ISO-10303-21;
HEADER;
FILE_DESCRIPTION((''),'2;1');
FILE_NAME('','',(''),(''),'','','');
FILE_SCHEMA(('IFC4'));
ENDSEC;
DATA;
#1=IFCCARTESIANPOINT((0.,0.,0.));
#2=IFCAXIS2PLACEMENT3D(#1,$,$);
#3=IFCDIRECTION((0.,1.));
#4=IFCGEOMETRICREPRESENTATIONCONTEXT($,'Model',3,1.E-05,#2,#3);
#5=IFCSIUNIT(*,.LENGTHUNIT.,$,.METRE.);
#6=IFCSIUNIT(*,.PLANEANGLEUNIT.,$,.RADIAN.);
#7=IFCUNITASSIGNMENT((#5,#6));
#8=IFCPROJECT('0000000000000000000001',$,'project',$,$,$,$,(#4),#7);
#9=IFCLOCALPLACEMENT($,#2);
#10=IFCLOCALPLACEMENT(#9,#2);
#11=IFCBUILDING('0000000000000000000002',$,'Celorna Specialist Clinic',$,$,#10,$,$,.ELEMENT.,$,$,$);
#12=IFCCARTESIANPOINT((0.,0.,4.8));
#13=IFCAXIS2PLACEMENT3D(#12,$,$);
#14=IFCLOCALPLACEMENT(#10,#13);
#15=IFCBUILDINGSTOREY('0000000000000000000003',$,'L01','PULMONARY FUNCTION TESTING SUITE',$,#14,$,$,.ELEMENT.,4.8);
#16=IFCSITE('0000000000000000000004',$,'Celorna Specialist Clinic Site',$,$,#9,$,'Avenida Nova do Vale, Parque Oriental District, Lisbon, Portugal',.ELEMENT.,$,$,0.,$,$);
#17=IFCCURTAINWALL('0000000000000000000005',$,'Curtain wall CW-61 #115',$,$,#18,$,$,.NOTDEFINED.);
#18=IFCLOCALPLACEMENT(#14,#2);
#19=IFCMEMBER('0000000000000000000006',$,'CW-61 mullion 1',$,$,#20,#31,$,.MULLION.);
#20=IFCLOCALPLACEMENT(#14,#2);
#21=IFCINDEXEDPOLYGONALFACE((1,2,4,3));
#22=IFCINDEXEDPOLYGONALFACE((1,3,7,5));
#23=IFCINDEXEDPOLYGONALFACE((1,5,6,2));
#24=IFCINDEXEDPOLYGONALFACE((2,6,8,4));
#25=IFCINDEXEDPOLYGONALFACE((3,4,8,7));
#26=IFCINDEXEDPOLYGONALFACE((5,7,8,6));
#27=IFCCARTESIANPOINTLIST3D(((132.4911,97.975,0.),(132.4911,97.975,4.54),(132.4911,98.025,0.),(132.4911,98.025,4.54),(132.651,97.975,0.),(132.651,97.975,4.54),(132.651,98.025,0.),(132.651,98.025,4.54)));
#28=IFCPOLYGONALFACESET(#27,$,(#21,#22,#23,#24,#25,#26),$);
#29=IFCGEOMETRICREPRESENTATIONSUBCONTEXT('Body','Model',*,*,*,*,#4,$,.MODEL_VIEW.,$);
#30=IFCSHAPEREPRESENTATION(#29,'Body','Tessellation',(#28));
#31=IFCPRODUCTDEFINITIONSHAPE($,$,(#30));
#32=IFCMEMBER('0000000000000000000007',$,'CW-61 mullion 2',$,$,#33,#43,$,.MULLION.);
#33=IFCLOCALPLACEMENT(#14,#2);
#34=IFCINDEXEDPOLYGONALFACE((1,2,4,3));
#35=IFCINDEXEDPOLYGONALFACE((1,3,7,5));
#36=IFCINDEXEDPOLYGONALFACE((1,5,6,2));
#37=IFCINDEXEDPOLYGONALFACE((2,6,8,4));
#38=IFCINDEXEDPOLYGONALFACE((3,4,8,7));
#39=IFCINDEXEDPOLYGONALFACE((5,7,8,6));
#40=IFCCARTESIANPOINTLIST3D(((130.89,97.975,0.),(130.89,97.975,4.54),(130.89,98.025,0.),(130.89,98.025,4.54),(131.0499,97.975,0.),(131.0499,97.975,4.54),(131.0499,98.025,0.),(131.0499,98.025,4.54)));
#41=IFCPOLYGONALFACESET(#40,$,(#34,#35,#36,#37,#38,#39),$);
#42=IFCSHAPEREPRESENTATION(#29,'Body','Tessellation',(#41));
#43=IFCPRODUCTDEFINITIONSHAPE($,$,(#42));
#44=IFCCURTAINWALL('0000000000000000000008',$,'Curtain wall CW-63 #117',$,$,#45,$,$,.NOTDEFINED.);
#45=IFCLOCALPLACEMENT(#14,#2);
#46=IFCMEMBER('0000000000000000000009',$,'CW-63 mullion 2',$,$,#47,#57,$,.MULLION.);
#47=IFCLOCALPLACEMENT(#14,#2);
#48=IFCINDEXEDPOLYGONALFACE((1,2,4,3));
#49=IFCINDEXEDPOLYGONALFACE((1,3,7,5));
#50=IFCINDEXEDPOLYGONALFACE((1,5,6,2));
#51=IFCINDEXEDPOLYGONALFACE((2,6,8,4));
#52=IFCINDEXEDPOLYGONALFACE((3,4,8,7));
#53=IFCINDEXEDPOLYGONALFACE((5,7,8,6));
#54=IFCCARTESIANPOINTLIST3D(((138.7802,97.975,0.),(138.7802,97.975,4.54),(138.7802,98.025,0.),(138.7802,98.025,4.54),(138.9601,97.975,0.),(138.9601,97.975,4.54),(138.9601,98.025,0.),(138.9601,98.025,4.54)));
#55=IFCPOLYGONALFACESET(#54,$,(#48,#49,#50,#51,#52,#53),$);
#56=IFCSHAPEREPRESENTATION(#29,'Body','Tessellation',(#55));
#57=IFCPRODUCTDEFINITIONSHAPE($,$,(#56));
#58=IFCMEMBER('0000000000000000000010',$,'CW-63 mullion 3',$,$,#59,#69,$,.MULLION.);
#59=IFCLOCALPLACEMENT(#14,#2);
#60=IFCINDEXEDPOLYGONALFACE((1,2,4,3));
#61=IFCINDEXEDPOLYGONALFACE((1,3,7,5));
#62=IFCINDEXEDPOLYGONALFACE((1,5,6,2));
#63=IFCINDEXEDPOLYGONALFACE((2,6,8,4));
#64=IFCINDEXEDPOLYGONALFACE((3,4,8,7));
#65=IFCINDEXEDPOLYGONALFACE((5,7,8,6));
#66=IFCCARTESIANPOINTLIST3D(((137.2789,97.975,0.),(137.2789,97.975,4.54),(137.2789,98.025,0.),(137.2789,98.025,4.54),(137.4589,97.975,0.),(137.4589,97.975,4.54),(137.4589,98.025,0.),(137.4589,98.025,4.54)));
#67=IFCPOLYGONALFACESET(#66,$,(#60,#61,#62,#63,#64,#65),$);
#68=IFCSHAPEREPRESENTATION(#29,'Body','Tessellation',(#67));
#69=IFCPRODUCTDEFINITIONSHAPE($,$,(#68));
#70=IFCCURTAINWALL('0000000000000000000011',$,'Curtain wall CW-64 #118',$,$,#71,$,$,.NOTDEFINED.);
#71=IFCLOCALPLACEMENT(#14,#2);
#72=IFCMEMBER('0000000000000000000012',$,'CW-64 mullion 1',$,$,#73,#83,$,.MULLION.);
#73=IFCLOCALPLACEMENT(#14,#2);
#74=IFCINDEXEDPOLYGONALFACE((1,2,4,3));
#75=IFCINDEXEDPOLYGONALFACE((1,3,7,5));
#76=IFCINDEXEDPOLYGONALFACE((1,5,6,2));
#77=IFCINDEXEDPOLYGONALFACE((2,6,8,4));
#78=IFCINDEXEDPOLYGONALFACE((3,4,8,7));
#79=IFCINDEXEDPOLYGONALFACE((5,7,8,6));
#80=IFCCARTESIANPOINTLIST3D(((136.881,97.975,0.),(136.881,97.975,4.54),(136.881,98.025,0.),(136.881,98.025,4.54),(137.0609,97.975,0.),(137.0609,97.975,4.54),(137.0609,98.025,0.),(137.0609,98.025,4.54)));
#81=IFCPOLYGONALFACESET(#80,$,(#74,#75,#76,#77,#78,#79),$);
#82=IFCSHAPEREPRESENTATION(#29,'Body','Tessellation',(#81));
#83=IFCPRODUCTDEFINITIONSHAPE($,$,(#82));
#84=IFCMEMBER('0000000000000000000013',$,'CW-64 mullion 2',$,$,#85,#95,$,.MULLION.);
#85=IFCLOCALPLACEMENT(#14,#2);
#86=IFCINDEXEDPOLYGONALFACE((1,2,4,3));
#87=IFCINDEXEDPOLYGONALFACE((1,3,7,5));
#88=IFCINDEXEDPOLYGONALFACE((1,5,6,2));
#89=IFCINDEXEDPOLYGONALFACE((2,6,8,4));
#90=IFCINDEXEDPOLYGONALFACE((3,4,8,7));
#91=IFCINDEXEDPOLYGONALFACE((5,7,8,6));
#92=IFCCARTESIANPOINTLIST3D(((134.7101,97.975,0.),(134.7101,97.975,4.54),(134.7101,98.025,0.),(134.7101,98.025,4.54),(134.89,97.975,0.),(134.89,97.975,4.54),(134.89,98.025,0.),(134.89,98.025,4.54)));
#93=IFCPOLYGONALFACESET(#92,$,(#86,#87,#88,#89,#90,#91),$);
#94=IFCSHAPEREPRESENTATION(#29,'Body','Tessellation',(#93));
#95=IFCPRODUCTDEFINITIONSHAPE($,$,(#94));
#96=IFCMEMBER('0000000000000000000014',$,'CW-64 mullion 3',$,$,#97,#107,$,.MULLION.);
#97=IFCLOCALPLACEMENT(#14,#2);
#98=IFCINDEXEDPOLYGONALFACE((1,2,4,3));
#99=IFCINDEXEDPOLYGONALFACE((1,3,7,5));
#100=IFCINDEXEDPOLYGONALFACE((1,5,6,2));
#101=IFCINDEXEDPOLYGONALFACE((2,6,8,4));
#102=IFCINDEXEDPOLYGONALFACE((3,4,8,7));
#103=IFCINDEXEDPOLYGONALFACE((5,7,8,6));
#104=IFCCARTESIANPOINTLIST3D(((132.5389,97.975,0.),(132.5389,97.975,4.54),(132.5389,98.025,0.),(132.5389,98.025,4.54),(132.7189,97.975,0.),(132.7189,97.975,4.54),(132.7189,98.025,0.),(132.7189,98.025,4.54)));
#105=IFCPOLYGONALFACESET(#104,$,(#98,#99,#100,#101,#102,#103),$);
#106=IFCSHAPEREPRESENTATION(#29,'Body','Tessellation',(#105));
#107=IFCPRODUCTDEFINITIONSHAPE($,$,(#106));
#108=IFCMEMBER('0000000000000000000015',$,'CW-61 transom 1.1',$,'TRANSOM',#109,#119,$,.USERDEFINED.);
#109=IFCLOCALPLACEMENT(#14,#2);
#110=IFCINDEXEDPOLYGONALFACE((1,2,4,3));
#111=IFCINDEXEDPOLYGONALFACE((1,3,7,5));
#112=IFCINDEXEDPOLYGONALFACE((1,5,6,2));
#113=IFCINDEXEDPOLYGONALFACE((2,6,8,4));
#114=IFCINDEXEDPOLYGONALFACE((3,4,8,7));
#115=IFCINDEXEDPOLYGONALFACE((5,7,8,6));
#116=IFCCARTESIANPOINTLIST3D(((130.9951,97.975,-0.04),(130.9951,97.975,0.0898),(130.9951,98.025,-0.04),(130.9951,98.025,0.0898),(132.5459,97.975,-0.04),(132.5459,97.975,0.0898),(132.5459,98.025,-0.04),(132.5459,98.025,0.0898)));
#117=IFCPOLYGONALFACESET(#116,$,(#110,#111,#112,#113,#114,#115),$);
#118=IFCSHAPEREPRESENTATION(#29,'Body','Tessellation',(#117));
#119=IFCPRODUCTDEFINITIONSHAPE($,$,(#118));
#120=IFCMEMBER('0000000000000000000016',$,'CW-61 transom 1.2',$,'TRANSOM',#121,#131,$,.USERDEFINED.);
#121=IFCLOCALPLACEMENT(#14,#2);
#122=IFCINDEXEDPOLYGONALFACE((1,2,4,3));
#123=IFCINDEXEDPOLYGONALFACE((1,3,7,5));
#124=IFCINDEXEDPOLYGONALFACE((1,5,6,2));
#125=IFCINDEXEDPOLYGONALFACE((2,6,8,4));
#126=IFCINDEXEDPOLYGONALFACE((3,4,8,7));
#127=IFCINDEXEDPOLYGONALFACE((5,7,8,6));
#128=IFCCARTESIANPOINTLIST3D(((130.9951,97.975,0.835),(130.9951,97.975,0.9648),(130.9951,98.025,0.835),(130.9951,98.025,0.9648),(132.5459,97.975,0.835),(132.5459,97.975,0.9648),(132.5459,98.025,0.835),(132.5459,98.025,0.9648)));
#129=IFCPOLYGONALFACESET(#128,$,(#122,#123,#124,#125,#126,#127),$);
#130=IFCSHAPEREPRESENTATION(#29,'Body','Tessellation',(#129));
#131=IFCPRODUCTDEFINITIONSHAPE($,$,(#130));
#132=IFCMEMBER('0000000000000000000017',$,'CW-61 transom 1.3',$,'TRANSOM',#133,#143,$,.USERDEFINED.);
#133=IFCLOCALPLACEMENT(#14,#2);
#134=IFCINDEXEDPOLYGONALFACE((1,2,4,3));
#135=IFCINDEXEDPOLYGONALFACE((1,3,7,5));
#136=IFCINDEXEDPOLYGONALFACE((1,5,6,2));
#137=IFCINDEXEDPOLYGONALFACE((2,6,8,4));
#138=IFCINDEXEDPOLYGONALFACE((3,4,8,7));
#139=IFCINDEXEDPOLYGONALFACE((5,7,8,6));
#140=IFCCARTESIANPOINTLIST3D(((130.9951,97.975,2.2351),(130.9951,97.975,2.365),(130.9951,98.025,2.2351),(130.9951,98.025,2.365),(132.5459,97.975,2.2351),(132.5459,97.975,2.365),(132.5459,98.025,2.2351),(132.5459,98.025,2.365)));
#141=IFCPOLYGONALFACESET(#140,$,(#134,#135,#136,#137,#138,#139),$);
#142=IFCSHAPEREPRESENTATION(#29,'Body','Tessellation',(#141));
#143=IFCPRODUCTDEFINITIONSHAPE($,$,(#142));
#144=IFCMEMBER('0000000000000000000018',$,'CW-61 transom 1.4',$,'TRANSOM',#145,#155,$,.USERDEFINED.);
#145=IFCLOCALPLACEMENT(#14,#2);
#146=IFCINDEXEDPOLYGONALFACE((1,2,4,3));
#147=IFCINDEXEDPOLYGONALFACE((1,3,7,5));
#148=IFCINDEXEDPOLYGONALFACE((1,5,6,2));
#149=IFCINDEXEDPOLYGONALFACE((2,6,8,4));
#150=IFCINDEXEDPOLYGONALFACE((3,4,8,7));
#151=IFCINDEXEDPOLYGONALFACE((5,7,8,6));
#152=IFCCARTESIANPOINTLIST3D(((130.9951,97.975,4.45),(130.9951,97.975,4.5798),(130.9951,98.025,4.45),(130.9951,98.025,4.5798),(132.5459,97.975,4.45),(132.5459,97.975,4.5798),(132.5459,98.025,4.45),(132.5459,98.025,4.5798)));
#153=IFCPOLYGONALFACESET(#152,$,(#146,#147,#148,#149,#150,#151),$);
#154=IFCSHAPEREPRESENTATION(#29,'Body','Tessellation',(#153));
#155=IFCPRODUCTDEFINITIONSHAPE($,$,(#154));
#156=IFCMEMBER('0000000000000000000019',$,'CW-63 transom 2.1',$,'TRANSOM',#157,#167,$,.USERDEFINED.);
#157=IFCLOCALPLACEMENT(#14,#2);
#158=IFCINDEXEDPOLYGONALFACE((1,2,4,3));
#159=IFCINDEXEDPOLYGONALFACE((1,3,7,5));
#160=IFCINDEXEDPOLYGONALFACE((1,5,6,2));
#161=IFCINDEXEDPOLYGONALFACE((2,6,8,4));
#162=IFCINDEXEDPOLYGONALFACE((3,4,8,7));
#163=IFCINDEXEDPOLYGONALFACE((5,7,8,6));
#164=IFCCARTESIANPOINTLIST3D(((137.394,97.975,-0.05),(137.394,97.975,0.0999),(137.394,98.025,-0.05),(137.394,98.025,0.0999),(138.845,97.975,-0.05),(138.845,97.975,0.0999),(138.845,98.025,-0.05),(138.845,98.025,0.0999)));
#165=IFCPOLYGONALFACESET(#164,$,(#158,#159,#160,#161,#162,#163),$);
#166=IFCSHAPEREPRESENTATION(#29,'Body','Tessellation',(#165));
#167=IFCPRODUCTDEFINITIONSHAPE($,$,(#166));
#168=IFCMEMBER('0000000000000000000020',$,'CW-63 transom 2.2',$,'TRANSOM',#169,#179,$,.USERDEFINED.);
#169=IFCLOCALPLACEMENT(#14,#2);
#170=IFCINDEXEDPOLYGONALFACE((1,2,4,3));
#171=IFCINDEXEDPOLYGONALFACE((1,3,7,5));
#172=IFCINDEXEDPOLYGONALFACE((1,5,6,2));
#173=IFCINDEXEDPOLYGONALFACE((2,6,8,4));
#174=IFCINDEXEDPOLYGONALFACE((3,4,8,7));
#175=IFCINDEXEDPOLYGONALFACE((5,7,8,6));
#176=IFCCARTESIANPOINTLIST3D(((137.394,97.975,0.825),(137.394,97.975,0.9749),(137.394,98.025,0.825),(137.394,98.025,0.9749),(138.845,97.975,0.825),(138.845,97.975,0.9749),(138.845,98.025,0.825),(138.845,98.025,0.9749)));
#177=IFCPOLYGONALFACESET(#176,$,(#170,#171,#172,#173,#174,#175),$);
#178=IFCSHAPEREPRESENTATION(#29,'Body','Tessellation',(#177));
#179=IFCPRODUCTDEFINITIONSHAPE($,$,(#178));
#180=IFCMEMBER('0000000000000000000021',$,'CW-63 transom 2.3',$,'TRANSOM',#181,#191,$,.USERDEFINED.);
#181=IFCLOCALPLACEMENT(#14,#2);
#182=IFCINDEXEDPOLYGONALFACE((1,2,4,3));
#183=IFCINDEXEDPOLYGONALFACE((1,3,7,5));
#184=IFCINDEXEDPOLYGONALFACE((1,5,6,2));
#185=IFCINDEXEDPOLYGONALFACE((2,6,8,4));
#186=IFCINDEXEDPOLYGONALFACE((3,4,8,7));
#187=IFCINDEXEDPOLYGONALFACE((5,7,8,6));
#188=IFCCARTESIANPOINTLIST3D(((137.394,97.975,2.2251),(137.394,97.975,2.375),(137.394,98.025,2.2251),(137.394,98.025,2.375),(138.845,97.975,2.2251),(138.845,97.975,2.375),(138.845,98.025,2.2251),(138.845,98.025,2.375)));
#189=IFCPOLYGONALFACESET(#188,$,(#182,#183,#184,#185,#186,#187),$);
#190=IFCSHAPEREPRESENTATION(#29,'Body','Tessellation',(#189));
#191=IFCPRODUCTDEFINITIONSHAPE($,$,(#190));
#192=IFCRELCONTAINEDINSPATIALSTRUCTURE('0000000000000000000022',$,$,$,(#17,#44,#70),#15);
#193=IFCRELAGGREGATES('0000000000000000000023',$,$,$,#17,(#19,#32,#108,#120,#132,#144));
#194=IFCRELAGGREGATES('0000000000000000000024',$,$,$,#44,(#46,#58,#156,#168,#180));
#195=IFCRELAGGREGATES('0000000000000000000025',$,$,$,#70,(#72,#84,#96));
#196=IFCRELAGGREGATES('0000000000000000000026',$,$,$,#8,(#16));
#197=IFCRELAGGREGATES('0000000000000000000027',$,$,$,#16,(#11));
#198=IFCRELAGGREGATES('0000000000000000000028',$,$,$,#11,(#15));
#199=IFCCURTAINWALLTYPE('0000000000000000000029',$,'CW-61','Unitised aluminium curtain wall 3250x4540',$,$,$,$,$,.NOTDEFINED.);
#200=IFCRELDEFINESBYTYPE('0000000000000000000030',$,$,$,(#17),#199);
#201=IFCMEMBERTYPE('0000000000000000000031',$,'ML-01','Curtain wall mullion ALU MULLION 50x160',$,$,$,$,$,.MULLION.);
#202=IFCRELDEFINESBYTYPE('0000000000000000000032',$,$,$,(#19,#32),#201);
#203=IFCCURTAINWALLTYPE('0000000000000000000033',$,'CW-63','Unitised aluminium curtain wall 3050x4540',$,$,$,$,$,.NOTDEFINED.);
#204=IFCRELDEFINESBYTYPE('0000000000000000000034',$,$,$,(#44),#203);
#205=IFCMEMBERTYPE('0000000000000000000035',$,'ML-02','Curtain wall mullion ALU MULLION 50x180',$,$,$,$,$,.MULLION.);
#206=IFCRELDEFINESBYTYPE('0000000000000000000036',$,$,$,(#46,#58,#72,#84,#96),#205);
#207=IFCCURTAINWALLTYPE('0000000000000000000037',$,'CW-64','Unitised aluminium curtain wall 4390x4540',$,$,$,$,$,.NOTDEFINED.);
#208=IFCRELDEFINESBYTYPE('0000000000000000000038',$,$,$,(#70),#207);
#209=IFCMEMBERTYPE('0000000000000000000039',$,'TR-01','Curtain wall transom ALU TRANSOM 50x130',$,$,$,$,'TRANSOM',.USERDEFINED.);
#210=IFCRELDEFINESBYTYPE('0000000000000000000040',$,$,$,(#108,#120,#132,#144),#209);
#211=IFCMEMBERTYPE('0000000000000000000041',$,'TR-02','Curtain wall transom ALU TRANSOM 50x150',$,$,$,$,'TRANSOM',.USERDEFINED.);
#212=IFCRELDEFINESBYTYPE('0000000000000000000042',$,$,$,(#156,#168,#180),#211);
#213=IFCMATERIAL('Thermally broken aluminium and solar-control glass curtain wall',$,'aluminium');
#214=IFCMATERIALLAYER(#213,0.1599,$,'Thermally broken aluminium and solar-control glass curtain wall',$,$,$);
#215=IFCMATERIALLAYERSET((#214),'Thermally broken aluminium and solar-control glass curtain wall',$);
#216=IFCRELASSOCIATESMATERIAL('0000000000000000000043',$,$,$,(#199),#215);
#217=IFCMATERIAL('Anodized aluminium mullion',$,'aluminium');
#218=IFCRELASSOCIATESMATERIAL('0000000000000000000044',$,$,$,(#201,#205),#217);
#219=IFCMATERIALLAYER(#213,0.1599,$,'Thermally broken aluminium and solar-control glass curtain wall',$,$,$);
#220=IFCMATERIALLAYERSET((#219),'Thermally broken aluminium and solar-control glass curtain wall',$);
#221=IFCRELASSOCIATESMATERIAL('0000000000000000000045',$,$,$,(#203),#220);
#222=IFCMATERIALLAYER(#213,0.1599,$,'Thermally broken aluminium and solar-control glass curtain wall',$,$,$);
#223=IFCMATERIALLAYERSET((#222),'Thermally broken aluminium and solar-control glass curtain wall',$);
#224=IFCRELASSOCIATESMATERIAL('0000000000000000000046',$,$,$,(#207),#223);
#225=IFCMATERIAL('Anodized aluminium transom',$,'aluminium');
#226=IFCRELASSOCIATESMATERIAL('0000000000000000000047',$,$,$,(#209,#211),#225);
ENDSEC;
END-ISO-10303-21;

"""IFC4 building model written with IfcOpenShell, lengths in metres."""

from ifc_helpers import new_model, si_unit, direction, frame, origin, origin_2d, place, context, subcontext, project, spatial, rectangle, extrude, material, layer, layer_set, material_profile, profile_set, type_object, element, aggregate, save


model = new_model("IFC4")

# Units and contexts
model_context = context("Model", 3, precision=1e-05, world=origin(), true_north=direction((0.0, 1.0)))
body_context = subcontext(model_context, "Body", "Model", "MODEL_VIEW")
ifc_project = project(units=[si_unit("LENGTHUNIT", "METRE"), si_unit("PLANEANGLEUNIT", "RADIAN")], contexts=[model_context])

# Site, building, storey
site_placement = place(None, origin())
site = spatial("IfcSite", under=ifc_project, at=site_placement, Name="Celorna Specialist Clinic Site", LongName="Avenida Nova do Vale, Parque Oriental District, Lisbon, Portugal", CompositionType="ELEMENT", RefElevation=0.0)
building_placement = place(site_placement, origin())
building = spatial("IfcBuilding", under=site, at=building_placement, Name="Celorna Specialist Clinic", CompositionType="ELEMENT")
storey_placement = place(building_placement, frame((0.0, 0.0, 4.8)))
storey = spatial("IfcBuildingStorey", under=building, at=storey_placement, Name="L01", Description="PULMONARY FUNCTION TESTING SUITE", CompositionType="ELEMENT", Elevation=4.8)

# Curtain walls, members
ifc_material_1 = material(Name="Thermally broken aluminium and solar-control glass curtain wall", Category="aluminium")
ifc_layer_1 = layer(ifc_material_1, 0.1599, Name="Thermally broken aluminium and solar-control glass curtain wall")
ifc_layer_set_1 = layer_set([ifc_layer_1], Name="Thermally broken aluminium and solar-control glass curtain wall")
curtain_wall_type_1 = type_object("IfcCurtainWallType", Name="CW-61", Description="Unitised aluminium curtain wall 3250x4540", PredefinedType="NOTDEFINED", material=ifc_layer_set_1)
curtain_wall_1_placement = place(storey_placement, origin())
curtain_wall_1 = element("IfcCurtainWall", 1, at=curtain_wall_1_placement, inside=storey, type_object=curtain_wall_type_1, Name="Curtain wall CW-61 #115", PredefinedType="NOTDEFINED")
ifc_material_2 = material(Name="Anodized aluminium mullion", Category="aluminium")
ifc_material_profile_1 = material_profile(ifc_material_2, rectangle(XDim=0.05, YDim=0.1599, at=origin_2d()), Name="ALU MULLION 50x160")
ifc_profile_set_1 = profile_set([ifc_material_profile_1], Name="Anodized aluminium mullion")
member_type_1 = type_object("IfcMemberType", Name="ML-01", Description="Curtain wall mullion ALU MULLION 50x160", PredefinedType="MULLION", material=ifc_profile_set_1)
member_1_placement = place(storey_placement, frame((132.571, 98.0, 0.0), z_axis=(0.0, 0.0, 1.0), x_axis=(0.0, -1.0, 0.0)))
member_1 = element("IfcMember", 2, at=member_1_placement, type_object=member_type_1, Name="CW-61 mullion 1", PredefinedType="MULLION", context=body_context, shape_type="SweptSolid", body=[
    extrude(rectangle(XDim=0.05, YDim=0.1599, at=origin_2d()), origin(), (0.0, 0.0, 1.0), 4.54),
])
member_2_placement = place(storey_placement, frame((130.97, 98.0, 0.0), z_axis=(0.0, 0.0, 1.0), x_axis=(0.0, -1.0, 0.0)))
member_2 = element("IfcMember", 3, at=member_2_placement, type_object=member_type_1, Name="CW-61 mullion 2", PredefinedType="MULLION", context=body_context, shape_type="SweptSolid", body=[
    extrude(rectangle(XDim=0.05, YDim=0.1599, at=origin_2d()), origin(), (0.0, 0.0, 1.0), 4.54),
])
ifc_layer_2 = layer(ifc_material_1, 0.1599, Name="Thermally broken aluminium and solar-control glass curtain wall")
ifc_layer_set_2 = layer_set([ifc_layer_2], Name="Thermally broken aluminium and solar-control glass curtain wall")
curtain_wall_type_2 = type_object("IfcCurtainWallType", Name="CW-63", Description="Unitised aluminium curtain wall 3050x4540", PredefinedType="NOTDEFINED", material=ifc_layer_set_2)
curtain_wall_2_placement = place(storey_placement, origin())
curtain_wall_2 = element("IfcCurtainWall", 4, at=curtain_wall_2_placement, inside=storey, type_object=curtain_wall_type_2, Name="Curtain wall CW-63 #117", PredefinedType="NOTDEFINED")
ifc_material_profile_2 = material_profile(ifc_material_2, rectangle(XDim=0.05, YDim=0.1799, at=origin_2d()), Name="ALU MULLION 50x180")
ifc_profile_set_2 = profile_set([ifc_material_profile_2], Name="Anodized aluminium mullion")
member_type_2 = type_object("IfcMemberType", Name="ML-02", Description="Curtain wall mullion ALU MULLION 50x180", PredefinedType="MULLION", material=ifc_profile_set_2)
member_3_placement = place(storey_placement, frame((138.8701, 98.0, 0.0), z_axis=(0.0, 0.0, 1.0), x_axis=(0.0, -1.0, 0.0)))
member_3 = element("IfcMember", 5, at=member_3_placement, type_object=member_type_2, Name="CW-63 mullion 2", PredefinedType="MULLION", context=body_context, shape_type="SweptSolid", body=[
    extrude(rectangle(XDim=0.05, YDim=0.1799, at=origin_2d()), origin(), (0.0, 0.0, 1.0), 4.54),
])
member_4_placement = place(storey_placement, frame((137.3689, 98.0, 0.0), z_axis=(0.0, 0.0, 1.0), x_axis=(0.0, -1.0, 0.0)))
member_4 = element("IfcMember", 6, at=member_4_placement, type_object=member_type_2, Name="CW-63 mullion 3", PredefinedType="MULLION", context=body_context, shape_type="SweptSolid", body=[
    extrude(rectangle(XDim=0.05, YDim=0.1799, at=origin_2d()), origin(), (0.0, 0.0, 1.0), 4.54),
])
ifc_layer_3 = layer(ifc_material_1, 0.1599, Name="Thermally broken aluminium and solar-control glass curtain wall")
ifc_layer_set_3 = layer_set([ifc_layer_3], Name="Thermally broken aluminium and solar-control glass curtain wall")
curtain_wall_type_3 = type_object("IfcCurtainWallType", Name="CW-64", Description="Unitised aluminium curtain wall 4390x4540", PredefinedType="NOTDEFINED", material=ifc_layer_set_3)
curtain_wall_3_placement = place(storey_placement, origin())
curtain_wall_3 = element("IfcCurtainWall", 7, at=curtain_wall_3_placement, inside=storey, type_object=curtain_wall_type_3, Name="Curtain wall CW-64 #118", PredefinedType="NOTDEFINED")
member_5_placement = place(storey_placement, frame((136.9709, 98.0, 0.0), z_axis=(0.0, 0.0, 1.0), x_axis=(0.0, -1.0, 0.0)))
member_5 = element("IfcMember", 8, at=member_5_placement, type_object=member_type_2, Name="CW-64 mullion 1", PredefinedType="MULLION", context=body_context, shape_type="SweptSolid", body=[
    extrude(rectangle(XDim=0.05, YDim=0.1799, at=origin_2d()), origin(), (0.0, 0.0, 1.0), 4.54),
])
member_6_placement = place(storey_placement, frame((134.8, 98.0, 0.0), z_axis=(0.0, 0.0, 1.0), x_axis=(0.0, -1.0, 0.0)))
member_6 = element("IfcMember", 9, at=member_6_placement, type_object=member_type_2, Name="CW-64 mullion 2", PredefinedType="MULLION", context=body_context, shape_type="SweptSolid", body=[
    extrude(rectangle(XDim=0.05, YDim=0.1799, at=origin_2d()), origin(), (0.0, 0.0, 1.0), 4.54),
])
member_7_placement = place(storey_placement, frame((132.6289, 98.0, 0.0), z_axis=(0.0, 0.0, 1.0), x_axis=(0.0, -1.0, 0.0)))
member_7 = element("IfcMember", 10, at=member_7_placement, type_object=member_type_2, Name="CW-64 mullion 3", PredefinedType="MULLION", context=body_context, shape_type="SweptSolid", body=[
    extrude(rectangle(XDim=0.05, YDim=0.1799, at=origin_2d()), origin(), (0.0, 0.0, 1.0), 4.54),
])

# Members
ifc_material_3 = material(Name="Anodized aluminium transom", Category="aluminium")
ifc_material_profile_3 = material_profile(ifc_material_3, rectangle(XDim=0.05, YDim=0.1299, at=origin_2d()), Name="ALU TRANSOM 50x130")
ifc_profile_set_3 = profile_set([ifc_material_profile_3], Name="Anodized aluminium transom")
member_type_3 = type_object("IfcMemberType", Name="TR-01", Description="Curtain wall transom ALU TRANSOM 50x130", ElementType="TRANSOM", PredefinedType="USERDEFINED", material=ifc_profile_set_3)
member_8_placement = place(storey_placement, frame((132.5459, 98.0, 0.0249), z_axis=(-1.0, 0.0, 0.0), x_axis=(0.0, -1.0, 0.0)))
member_8 = element("IfcMember", 11, at=member_8_placement, type_object=member_type_3, Name="CW-61 transom 1.1", ObjectType="TRANSOM", PredefinedType="USERDEFINED", context=body_context, shape_type="SweptSolid", body=[
    extrude(rectangle(XDim=0.05, YDim=0.1299, at=origin_2d()), origin(), (0.0, 0.0, 1.0), 1.5508),
])
member_9_placement = place(storey_placement, frame((132.5459, 98.0, 0.8999), z_axis=(-1.0, 0.0, 0.0), x_axis=(0.0, -1.0, 0.0)))
member_9 = element("IfcMember", 12, at=member_9_placement, type_object=member_type_3, Name="CW-61 transom 1.2", ObjectType="TRANSOM", PredefinedType="USERDEFINED", context=body_context, shape_type="SweptSolid", body=[
    extrude(rectangle(XDim=0.05, YDim=0.1299, at=origin_2d()), origin(), (0.0, 0.0, 1.0), 1.5508),
])
member_10_placement = place(storey_placement, frame((132.5459, 98.0, 2.3), z_axis=(-1.0, 0.0, 0.0), x_axis=(0.0, -1.0, 0.0)))
member_10 = element("IfcMember", 13, at=member_10_placement, type_object=member_type_3, Name="CW-61 transom 1.3", ObjectType="TRANSOM", PredefinedType="USERDEFINED", context=body_context, shape_type="SweptSolid", body=[
    extrude(rectangle(XDim=0.05, YDim=0.1299, at=origin_2d()), origin(), (0.0, 0.0, 1.0), 1.5508),
])
member_11_placement = place(storey_placement, frame((132.5459, 98.0, 4.5149), z_axis=(-1.0, 0.0, 0.0), x_axis=(0.0, -1.0, 0.0)))
member_11 = element("IfcMember", 14, at=member_11_placement, type_object=member_type_3, Name="CW-61 transom 1.4", ObjectType="TRANSOM", PredefinedType="USERDEFINED", context=body_context, shape_type="SweptSolid", body=[
    extrude(rectangle(XDim=0.05, YDim=0.1299, at=origin_2d()), origin(), (0.0, 0.0, 1.0), 1.5508),
])
ifc_material_profile_4 = material_profile(ifc_material_3, rectangle(XDim=0.05, YDim=0.1499, at=origin_2d()), Name="ALU TRANSOM 50x150")
ifc_profile_set_4 = profile_set([ifc_material_profile_4], Name="Anodized aluminium transom")
member_type_4 = type_object("IfcMemberType", Name="TR-02", Description="Curtain wall transom ALU TRANSOM 50x150", ElementType="TRANSOM", PredefinedType="USERDEFINED", material=ifc_profile_set_4)
member_12_placement = place(storey_placement, frame((138.845, 98.0, 0.0249), z_axis=(-1.0, 0.0, 0.0), x_axis=(0.0, -1.0, 0.0)))
member_12 = element("IfcMember", 15, at=member_12_placement, type_object=member_type_4, Name="CW-63 transom 2.1", ObjectType="TRANSOM", PredefinedType="USERDEFINED", context=body_context, shape_type="SweptSolid", body=[
    extrude(rectangle(XDim=0.05, YDim=0.1499, at=origin_2d()), origin(), (0.0, 0.0, 1.0), 1.4509),
])
member_13_placement = place(storey_placement, frame((138.845, 98.0, 0.8999), z_axis=(-1.0, 0.0, 0.0), x_axis=(0.0, -1.0, 0.0)))
member_13 = element("IfcMember", 16, at=member_13_placement, type_object=member_type_4, Name="CW-63 transom 2.2", ObjectType="TRANSOM", PredefinedType="USERDEFINED", context=body_context, shape_type="SweptSolid", body=[
    extrude(rectangle(XDim=0.05, YDim=0.1499, at=origin_2d()), origin(), (0.0, 0.0, 1.0), 1.4509),
])
member_14_placement = place(storey_placement, frame((138.845, 98.0, 2.3), z_axis=(-1.0, 0.0, 0.0), x_axis=(0.0, -1.0, 0.0)))
member_14 = element("IfcMember", 17, at=member_14_placement, type_object=member_type_4, Name="CW-63 transom 2.3", ObjectType="TRANSOM", PredefinedType="USERDEFINED", context=body_context, shape_type="SweptSolid", body=[
    extrude(rectangle(XDim=0.05, YDim=0.1499, at=origin_2d()), origin(), (0.0, 0.0, 1.0), 1.4509),
])

aggregate(curtain_wall_1, [member_1, member_2, member_8, member_9, member_10, member_11])
aggregate(curtain_wall_2, [member_3, member_4, member_12, member_13, member_14])
aggregate(curtain_wall_3, [member_5, member_6, member_7])

save(model, "model.ifc")
